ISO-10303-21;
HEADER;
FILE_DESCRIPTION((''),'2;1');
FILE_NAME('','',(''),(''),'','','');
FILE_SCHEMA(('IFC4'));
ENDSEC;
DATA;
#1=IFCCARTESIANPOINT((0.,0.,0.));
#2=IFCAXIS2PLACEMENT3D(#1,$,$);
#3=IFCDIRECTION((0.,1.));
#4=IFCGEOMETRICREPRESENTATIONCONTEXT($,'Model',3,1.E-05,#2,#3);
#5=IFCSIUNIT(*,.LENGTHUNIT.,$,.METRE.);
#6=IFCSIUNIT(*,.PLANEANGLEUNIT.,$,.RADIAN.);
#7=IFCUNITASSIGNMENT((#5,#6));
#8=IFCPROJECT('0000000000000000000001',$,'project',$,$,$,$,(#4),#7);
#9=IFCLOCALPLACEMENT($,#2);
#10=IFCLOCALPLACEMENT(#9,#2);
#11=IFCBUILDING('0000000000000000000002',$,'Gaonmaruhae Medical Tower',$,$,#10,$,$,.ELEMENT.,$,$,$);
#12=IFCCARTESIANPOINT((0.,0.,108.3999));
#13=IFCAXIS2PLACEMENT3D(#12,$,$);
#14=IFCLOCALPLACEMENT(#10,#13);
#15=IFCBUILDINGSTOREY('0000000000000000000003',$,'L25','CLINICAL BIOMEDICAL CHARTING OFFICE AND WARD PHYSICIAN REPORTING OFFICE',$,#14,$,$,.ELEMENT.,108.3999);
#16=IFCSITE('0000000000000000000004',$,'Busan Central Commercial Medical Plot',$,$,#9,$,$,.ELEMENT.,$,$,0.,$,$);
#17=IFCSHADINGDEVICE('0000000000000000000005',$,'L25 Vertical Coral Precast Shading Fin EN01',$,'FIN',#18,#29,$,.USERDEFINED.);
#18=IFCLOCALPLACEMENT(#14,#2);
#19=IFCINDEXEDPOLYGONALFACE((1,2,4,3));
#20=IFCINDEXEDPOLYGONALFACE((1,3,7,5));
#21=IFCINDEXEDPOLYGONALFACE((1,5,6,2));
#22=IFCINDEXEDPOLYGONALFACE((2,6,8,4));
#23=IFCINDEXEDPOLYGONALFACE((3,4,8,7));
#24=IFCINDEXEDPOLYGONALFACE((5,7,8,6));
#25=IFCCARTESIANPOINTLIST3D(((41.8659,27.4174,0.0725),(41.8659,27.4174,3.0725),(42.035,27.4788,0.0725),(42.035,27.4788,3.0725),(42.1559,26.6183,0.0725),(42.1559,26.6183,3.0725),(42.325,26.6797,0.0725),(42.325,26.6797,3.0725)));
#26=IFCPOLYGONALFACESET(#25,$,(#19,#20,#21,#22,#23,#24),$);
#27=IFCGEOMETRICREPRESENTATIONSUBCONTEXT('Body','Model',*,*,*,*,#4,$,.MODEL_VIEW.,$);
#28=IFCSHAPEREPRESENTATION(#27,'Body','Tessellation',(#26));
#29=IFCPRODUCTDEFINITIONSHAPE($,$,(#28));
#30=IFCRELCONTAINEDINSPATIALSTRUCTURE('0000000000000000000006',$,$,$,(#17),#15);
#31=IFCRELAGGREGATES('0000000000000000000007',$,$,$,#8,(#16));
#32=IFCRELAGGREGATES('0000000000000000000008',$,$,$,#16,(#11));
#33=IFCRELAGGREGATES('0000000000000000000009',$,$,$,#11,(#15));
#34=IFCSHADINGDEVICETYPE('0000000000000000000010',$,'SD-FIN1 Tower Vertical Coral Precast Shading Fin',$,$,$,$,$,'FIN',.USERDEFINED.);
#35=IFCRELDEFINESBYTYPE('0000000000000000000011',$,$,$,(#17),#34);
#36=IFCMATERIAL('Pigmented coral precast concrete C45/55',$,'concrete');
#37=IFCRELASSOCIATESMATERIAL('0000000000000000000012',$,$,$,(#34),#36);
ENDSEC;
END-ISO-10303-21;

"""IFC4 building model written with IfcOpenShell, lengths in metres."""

from ifc_helpers import new_model, si_unit, direction, frame, origin, origin_2d, place, context, subcontext, project, spatial, rectangle, extrude, material, type_object, element, save


model = new_model("IFC4")

# Units and contexts
model_context = context("Model", 3, precision=1e-05, world=origin(), true_north=direction((0.0, 1.0)))
body_context = subcontext(model_context, "Body", "Model", "MODEL_VIEW")
ifc_project = project(units=[si_unit("LENGTHUNIT", "METRE"), si_unit("PLANEANGLEUNIT", "RADIAN")], contexts=[model_context])

# Site, building, storey
site_placement = place(None, origin())
site = spatial("IfcSite", under=ifc_project, at=site_placement, Name="Busan Central Commercial Medical Plot", CompositionType="ELEMENT", RefElevation=0.0)
building_placement = place(site_placement, origin())
building = spatial("IfcBuilding", under=site, at=building_placement, Name="Gaonmaruhae Medical Tower", CompositionType="ELEMENT")
storey_placement = place(building_placement, frame((0.0, 0.0, 108.3999)))
storey = spatial("IfcBuildingStorey", under=building, at=storey_placement, Name="L25", Description="CLINICAL BIOMEDICAL CHARTING OFFICE AND WARD PHYSICIAN REPORTING OFFICE", CompositionType="ELEMENT", Elevation=108.3999)

# Shading device
ifc_material_1 = material(Name="Pigmented coral precast concrete C45/55", Category="concrete")
shading_device_type = type_object("IfcShadingDeviceType", Name="SD-FIN1 Tower Vertical Coral Precast Shading Fin", ElementType="FIN", PredefinedType="USERDEFINED", material=ifc_material_1)
shading_device_placement = place(storey_placement, frame((42.0955, 27.0486, 0.0725), z_axis=(0.0, 0.0, 1.0), x_axis=(0.939997, 0.341184, 0.0)))
element("IfcShadingDevice", 1, at=shading_device_placement, inside=storey, type_object=shading_device_type, Name="L25 Vertical Coral Precast Shading Fin EN01", ObjectType="FIN", PredefinedType="USERDEFINED", context=body_context, shape_type="SweptSolid", body=[
    extrude(rectangle(XDim=0.1799, YDim=0.8501, at=origin_2d()), origin(), (0.0, 0.0, 1.0), 3.0),
])

save(model, "model.ifc")
